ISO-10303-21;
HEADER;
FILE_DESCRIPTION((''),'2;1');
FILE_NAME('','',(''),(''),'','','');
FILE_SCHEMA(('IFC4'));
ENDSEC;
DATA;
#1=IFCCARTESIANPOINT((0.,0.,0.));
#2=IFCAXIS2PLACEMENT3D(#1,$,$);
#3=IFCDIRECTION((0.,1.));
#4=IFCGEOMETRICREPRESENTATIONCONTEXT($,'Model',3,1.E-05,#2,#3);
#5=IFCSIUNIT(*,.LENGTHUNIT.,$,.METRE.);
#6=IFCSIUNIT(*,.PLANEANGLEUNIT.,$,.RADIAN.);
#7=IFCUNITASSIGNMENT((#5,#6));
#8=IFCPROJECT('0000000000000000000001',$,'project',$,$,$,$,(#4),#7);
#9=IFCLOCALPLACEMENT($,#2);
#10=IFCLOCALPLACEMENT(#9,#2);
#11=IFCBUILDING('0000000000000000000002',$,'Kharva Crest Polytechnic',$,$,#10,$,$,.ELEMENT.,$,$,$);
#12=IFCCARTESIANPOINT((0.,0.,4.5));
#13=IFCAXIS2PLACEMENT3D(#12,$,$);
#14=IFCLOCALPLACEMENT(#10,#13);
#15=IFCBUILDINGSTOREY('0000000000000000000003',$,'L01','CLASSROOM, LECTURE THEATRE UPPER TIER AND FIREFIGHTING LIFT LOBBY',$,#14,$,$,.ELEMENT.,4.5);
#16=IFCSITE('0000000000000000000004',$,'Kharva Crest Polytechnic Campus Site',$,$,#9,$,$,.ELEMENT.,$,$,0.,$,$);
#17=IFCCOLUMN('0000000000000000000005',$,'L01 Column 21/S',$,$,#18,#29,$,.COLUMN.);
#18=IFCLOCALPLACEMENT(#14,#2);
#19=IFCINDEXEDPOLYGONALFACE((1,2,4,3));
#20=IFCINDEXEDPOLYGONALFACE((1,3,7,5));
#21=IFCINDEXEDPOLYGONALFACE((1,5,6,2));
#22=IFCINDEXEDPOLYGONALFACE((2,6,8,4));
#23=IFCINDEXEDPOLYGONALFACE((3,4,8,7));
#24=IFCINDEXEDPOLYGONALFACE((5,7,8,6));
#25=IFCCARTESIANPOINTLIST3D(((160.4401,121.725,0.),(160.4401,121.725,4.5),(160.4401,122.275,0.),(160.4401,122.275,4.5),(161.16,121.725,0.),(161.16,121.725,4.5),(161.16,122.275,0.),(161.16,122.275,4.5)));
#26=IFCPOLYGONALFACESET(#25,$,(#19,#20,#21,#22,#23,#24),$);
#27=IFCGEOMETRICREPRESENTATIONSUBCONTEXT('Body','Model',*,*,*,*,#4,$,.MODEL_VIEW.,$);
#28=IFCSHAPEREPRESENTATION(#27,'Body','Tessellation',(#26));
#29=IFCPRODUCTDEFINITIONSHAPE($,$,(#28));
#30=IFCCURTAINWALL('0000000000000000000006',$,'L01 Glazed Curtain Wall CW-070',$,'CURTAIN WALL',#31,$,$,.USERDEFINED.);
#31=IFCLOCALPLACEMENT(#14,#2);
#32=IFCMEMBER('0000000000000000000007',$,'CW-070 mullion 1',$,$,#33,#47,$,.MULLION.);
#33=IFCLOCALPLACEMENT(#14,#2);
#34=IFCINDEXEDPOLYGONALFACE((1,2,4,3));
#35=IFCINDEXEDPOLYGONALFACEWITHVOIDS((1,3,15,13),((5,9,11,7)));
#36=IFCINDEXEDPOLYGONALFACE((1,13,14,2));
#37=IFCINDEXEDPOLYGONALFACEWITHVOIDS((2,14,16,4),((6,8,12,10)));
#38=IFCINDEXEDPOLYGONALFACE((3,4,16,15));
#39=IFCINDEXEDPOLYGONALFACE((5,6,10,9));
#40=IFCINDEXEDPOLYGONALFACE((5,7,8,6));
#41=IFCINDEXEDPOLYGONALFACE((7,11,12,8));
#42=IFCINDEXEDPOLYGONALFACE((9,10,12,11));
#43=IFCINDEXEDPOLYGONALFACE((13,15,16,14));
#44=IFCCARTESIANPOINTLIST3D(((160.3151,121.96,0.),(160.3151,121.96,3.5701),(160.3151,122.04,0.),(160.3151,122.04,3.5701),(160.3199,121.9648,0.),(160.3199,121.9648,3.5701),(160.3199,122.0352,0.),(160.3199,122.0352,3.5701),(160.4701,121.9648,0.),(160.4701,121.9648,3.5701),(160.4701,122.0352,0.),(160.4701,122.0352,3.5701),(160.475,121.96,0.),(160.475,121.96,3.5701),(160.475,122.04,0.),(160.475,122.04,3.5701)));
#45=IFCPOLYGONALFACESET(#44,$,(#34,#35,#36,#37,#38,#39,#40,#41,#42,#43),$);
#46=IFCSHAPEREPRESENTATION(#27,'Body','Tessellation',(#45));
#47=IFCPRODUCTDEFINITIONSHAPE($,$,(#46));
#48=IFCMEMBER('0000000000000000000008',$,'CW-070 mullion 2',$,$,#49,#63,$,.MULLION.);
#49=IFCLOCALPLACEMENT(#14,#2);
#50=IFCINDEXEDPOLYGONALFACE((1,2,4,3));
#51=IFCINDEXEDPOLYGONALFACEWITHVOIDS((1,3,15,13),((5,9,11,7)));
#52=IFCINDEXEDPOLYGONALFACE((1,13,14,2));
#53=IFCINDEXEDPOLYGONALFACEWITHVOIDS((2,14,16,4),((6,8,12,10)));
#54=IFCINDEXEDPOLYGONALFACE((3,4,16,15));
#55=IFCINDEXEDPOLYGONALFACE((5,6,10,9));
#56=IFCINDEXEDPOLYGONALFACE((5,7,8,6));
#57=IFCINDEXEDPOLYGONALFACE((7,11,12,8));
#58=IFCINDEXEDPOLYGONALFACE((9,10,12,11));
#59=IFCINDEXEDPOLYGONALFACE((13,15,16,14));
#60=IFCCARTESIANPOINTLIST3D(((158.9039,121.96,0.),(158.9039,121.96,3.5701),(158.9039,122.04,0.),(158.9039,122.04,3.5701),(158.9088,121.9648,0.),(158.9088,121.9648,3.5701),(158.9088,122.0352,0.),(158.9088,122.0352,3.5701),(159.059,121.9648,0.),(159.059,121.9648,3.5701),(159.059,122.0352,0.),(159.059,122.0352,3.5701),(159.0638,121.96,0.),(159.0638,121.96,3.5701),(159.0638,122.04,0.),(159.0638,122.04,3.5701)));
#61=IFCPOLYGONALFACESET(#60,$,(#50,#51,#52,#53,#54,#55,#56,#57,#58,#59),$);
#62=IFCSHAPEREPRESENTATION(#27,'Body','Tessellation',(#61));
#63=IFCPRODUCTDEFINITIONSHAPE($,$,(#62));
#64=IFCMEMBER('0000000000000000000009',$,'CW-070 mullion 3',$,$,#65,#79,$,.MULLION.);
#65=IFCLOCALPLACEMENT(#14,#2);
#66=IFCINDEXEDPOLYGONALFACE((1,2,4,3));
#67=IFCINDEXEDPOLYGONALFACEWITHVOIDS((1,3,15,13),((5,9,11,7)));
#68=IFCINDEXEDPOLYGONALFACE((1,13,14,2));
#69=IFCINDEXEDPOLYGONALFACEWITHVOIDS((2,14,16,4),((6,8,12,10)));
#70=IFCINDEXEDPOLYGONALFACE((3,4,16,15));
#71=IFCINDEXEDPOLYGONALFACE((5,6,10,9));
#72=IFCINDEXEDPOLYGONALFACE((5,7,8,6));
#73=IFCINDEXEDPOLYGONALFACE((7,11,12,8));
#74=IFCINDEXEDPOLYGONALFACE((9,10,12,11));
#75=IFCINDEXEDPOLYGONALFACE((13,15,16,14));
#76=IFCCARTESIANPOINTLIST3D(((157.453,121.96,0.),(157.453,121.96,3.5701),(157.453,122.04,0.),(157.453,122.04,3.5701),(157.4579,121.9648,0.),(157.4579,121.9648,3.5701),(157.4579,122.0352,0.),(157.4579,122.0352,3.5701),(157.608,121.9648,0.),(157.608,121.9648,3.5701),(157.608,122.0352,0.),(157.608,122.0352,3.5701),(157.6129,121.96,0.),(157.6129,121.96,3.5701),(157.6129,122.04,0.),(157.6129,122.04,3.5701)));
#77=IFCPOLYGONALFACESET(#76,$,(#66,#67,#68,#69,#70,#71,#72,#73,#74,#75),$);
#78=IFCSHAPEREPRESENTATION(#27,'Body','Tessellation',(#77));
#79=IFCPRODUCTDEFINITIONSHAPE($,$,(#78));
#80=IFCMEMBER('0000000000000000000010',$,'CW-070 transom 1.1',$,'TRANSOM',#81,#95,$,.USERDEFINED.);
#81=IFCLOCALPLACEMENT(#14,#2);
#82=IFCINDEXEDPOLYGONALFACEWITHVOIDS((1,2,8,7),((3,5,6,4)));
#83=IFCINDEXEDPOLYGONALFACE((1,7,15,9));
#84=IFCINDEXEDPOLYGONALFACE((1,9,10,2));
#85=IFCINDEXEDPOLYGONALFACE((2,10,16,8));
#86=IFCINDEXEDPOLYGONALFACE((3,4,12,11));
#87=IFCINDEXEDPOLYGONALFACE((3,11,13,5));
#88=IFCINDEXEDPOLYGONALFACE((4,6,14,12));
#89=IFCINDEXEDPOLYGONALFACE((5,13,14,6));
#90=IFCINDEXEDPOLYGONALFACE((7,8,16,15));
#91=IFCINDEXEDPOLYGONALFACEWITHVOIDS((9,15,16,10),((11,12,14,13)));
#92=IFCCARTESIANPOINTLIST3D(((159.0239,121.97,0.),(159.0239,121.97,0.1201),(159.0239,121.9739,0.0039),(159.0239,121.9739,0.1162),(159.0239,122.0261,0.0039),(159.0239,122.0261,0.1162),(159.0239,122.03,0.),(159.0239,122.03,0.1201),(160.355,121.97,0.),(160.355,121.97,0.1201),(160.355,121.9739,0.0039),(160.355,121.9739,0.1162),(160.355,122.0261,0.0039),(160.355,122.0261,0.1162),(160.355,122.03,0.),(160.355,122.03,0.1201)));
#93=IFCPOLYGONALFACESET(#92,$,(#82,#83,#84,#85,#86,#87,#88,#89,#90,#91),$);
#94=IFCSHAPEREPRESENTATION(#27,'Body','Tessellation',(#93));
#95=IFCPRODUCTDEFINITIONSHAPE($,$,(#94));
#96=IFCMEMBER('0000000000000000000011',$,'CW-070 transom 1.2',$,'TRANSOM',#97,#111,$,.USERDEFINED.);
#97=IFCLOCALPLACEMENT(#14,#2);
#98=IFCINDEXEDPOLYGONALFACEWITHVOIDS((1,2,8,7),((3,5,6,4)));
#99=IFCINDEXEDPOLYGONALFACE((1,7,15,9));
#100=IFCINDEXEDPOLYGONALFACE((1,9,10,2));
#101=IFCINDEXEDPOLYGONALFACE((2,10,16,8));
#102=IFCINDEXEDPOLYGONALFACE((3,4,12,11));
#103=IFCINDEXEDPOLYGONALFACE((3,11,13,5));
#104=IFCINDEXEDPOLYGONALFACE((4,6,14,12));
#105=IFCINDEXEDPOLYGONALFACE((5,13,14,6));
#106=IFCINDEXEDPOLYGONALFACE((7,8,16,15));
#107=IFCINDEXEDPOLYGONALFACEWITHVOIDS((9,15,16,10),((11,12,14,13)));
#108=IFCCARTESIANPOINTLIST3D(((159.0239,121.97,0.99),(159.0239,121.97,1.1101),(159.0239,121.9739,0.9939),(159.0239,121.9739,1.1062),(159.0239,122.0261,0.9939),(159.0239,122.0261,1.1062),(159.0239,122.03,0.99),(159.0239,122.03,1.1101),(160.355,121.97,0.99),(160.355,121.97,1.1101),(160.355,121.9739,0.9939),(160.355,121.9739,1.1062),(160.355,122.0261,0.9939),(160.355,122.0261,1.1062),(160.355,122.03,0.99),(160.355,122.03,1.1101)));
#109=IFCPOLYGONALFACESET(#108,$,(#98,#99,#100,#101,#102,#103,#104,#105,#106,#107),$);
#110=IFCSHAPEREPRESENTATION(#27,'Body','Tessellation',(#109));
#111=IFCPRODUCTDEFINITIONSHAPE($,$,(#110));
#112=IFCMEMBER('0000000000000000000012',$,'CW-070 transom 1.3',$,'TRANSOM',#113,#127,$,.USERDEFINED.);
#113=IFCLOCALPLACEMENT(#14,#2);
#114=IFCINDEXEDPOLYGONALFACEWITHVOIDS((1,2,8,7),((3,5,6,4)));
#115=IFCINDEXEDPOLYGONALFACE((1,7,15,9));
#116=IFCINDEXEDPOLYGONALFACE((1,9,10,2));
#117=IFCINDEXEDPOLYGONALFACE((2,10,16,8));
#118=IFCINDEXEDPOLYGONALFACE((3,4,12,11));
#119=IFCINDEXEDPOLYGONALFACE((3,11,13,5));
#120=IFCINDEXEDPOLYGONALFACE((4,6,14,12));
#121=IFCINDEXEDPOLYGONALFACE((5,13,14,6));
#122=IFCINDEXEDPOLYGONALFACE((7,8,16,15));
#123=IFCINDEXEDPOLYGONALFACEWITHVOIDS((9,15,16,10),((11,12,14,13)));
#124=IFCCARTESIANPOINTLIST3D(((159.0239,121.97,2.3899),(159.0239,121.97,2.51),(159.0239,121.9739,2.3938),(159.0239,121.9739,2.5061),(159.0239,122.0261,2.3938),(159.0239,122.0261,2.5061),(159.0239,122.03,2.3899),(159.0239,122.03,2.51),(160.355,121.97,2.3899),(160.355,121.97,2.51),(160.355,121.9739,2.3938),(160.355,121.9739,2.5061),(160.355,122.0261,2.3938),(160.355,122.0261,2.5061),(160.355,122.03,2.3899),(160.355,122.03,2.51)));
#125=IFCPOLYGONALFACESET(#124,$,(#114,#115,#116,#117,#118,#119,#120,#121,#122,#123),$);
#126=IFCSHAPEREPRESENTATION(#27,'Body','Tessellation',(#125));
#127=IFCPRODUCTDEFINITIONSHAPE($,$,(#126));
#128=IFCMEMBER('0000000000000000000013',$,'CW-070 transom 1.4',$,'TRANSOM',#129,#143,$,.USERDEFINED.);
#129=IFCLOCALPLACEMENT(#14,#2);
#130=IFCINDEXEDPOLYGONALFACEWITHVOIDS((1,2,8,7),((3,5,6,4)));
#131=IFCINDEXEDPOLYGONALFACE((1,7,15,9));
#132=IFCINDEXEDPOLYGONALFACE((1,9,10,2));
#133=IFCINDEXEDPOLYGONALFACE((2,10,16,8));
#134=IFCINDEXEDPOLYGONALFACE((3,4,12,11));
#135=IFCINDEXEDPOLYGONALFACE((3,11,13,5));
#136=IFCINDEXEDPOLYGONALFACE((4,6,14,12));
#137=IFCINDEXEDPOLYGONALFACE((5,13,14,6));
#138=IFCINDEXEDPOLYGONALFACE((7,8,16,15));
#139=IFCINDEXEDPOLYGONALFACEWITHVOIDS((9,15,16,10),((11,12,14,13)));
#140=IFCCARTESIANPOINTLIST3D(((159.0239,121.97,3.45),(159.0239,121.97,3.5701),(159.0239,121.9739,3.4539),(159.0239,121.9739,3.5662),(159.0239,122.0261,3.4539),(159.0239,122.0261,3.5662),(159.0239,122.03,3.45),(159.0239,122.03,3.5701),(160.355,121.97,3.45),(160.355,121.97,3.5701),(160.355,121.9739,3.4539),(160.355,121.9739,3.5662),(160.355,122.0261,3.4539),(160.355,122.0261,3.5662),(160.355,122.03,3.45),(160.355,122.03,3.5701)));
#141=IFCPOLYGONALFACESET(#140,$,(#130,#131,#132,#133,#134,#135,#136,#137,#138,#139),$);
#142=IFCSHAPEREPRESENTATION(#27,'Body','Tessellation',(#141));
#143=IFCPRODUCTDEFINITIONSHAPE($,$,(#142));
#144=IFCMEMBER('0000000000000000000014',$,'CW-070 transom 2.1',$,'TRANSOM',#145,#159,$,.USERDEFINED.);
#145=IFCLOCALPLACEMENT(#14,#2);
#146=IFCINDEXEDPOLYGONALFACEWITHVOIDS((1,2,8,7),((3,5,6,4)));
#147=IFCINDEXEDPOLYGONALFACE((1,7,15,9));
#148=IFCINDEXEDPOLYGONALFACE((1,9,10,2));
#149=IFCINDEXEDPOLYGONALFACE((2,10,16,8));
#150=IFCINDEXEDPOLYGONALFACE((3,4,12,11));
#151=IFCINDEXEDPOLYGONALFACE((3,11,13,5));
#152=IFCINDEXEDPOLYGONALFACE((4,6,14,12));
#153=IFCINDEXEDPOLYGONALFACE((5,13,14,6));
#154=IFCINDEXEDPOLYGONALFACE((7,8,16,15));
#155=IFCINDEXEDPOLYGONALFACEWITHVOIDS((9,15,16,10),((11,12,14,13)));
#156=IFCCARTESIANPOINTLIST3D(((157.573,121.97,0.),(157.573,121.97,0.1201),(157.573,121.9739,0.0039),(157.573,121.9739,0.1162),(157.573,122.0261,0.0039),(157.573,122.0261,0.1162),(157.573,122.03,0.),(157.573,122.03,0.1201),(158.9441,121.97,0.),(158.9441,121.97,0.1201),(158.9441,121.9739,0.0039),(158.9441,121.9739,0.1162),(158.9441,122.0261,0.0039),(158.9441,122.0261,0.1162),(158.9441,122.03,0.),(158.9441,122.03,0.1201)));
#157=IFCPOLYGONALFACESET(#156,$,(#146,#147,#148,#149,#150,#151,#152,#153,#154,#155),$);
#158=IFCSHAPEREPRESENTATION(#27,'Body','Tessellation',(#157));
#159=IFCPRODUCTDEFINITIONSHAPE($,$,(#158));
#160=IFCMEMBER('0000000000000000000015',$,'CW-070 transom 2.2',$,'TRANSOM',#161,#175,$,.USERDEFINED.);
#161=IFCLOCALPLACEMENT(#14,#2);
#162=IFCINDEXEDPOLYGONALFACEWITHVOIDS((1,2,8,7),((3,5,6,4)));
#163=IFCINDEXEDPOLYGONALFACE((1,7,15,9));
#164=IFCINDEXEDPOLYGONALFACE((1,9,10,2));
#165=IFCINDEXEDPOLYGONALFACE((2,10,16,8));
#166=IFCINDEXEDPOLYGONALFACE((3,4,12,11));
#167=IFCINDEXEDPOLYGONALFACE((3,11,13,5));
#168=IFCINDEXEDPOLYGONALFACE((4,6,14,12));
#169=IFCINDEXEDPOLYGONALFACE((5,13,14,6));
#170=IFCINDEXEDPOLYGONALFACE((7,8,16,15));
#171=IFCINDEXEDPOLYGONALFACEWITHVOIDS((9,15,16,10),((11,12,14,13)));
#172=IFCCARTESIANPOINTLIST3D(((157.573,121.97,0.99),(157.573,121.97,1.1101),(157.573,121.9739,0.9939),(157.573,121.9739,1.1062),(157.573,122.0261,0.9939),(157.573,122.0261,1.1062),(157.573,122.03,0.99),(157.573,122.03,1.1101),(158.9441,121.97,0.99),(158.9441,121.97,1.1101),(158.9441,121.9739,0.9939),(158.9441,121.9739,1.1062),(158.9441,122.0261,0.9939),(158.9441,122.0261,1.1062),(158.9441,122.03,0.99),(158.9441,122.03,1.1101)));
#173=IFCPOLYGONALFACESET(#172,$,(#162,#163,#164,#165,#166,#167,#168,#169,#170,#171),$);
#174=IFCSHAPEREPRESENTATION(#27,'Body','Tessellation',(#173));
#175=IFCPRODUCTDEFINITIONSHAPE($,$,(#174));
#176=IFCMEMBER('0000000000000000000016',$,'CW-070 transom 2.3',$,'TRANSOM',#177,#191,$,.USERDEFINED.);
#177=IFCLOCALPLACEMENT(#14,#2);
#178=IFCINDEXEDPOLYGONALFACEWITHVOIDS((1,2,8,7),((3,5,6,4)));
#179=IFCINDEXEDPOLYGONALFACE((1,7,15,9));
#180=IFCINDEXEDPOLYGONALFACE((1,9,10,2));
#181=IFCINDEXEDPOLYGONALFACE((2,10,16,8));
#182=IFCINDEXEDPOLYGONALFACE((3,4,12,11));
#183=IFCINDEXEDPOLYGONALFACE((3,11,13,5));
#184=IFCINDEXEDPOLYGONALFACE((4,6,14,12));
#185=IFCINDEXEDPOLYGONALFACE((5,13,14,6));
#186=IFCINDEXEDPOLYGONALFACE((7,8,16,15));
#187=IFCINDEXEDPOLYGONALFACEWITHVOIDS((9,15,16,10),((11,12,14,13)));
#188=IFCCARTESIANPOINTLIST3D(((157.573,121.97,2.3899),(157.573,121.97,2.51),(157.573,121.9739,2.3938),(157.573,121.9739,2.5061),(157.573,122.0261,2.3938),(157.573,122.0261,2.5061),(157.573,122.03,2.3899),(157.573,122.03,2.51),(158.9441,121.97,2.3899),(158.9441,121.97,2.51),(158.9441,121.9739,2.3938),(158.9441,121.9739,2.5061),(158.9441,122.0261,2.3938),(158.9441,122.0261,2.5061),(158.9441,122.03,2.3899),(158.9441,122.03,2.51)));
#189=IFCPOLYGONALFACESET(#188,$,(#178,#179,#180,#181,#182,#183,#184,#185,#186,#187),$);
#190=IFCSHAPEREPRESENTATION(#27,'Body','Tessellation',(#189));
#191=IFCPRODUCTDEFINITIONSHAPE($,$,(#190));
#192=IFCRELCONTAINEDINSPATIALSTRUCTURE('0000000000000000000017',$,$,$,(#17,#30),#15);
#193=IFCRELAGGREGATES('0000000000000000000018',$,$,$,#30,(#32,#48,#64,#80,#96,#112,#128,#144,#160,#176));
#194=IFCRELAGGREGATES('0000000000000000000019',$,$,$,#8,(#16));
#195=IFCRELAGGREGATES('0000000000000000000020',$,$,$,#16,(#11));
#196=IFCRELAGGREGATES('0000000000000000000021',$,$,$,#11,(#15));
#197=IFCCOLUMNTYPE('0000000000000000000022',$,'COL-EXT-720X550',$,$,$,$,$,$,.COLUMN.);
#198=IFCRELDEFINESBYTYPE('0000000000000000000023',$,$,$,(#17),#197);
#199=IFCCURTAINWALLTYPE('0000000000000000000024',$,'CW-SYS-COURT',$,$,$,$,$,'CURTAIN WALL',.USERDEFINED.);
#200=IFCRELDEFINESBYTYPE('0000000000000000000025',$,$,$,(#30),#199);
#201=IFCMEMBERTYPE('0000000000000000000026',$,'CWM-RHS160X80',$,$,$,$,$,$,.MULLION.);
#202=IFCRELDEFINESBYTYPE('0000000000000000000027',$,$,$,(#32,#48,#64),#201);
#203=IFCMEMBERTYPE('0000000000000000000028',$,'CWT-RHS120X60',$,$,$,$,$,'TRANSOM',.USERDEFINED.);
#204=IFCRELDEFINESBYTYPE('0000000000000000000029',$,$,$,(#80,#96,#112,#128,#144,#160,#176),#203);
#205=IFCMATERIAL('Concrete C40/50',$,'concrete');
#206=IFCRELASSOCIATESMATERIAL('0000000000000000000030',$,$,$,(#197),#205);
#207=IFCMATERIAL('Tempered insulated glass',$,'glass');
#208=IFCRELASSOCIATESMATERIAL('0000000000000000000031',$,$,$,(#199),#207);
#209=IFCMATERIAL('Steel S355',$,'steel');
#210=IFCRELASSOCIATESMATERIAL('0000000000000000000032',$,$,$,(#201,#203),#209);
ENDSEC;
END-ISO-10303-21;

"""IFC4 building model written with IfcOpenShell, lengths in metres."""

from ifc_helpers import new_model, si_unit, direction, frame, origin, origin_2d, place, context, subcontext, project, spatial, rectangle, hollow_rectangle, extrude, material, material_profile, profile_set, type_object, element, aggregate, save


model = new_model("IFC4")

# Units and contexts
model_context = context("Model", 3, precision=1e-05, world=origin(), true_north=direction((0.0, 1.0)))
body_context = subcontext(model_context, "Body", "Model", "MODEL_VIEW")
ifc_project = project(units=[si_unit("LENGTHUNIT", "METRE"), si_unit("PLANEANGLEUNIT", "RADIAN")], contexts=[model_context])

# Site, building, storey
site_placement = place(None, origin())
site = spatial("IfcSite", under=ifc_project, at=site_placement, Name="Kharva Crest Polytechnic Campus Site", CompositionType="ELEMENT", RefElevation=0.0)
building_placement = place(site_placement, origin())
building = spatial("IfcBuilding", under=site, at=building_placement, Name="Kharva Crest Polytechnic", CompositionType="ELEMENT")
storey_placement = place(building_placement, frame((0.0, 0.0, 4.5)))
storey = spatial("IfcBuildingStorey", under=building, at=storey_placement, Name="L01", Description="CLASSROOM, LECTURE THEATRE UPPER TIER AND FIREFIGHTING LIFT LOBBY", CompositionType="ELEMENT", Elevation=4.5)

# Column
ifc_material_1 = material(Name="Concrete C40/50", Category="concrete")
ifc_material_profile_1 = material_profile(ifc_material_1, rectangle(XDim=0.72, YDim=0.55, at=origin_2d()), Name="RECT 720 X 550")
ifc_profile_set_1 = profile_set([ifc_material_profile_1], Name="Concrete C40/50")
column_type = type_object("IfcColumnType", Name="COL-EXT-720X550", PredefinedType="COLUMN", material=ifc_profile_set_1)
column_placement = place(storey_placement, frame((160.8, 122.0, 0.0), z_axis=(0.0, 0.0, 1.0), x_axis=(1.0, 0.0, 0.0)))
element("IfcColumn", 1, at=column_placement, inside=storey, type_object=column_type, Name="L01 Column 21/S", PredefinedType="COLUMN", context=body_context, shape_type="SweptSolid", body=[
    extrude(rectangle(XDim=0.72, YDim=0.55, at=origin_2d()), origin(), (0.0, 0.0, 1.0), 4.5),
])

# Curtain wall, members
ifc_material_2 = material(Name="Tempered insulated glass", Category="glass")
curtain_wall_type = type_object("IfcCurtainWallType", Name="CW-SYS-COURT", ElementType="CURTAIN WALL", PredefinedType="USERDEFINED", material=ifc_material_2)
curtain_wall_placement = place(storey_placement, origin())
curtain_wall = element("IfcCurtainWall", 2, at=curtain_wall_placement, inside=storey, type_object=curtain_wall_type, Name="L01 Glazed Curtain Wall CW-070", ObjectType="CURTAIN WALL", PredefinedType="USERDEFINED")
ifc_material_3 = material(Name="Steel S355", Category="steel")
ifc_material_profile_2 = material_profile(ifc_material_3, hollow_rectangle(XDim=0.0801, YDim=0.1599, WallThickness=0.0049, at=origin_2d()), Name="RHS 160X80X5.0")
ifc_profile_set_2 = profile_set([ifc_material_profile_2], Name="Steel S355")
member_type_1 = type_object("IfcMemberType", Name="CWM-RHS160X80", PredefinedType="MULLION", material=ifc_profile_set_2)
member_1_placement = place(storey_placement, frame((160.395, 122.0, 0.0), z_axis=(0.0, 0.0, 1.0), x_axis=(0.0, -1.0, 0.0)))
member_1 = element("IfcMember", 3, at=member_1_placement, type_object=member_type_1, Name="CW-070 mullion 1", PredefinedType="MULLION", context=body_context, shape_type="SweptSolid", body=[
    extrude(hollow_rectangle(XDim=0.0801, YDim=0.1599, WallThickness=0.0049, at=origin_2d()), origin(), (0.0, 0.0, 1.0), 3.5701),
])
member_2_placement = place(storey_placement, frame((158.9839, 122.0, 0.0), z_axis=(0.0, 0.0, 1.0), x_axis=(0.0, -1.0, 0.0)))
member_2 = element("IfcMember", 4, at=member_2_placement, type_object=member_type_1, Name="CW-070 mullion 2", PredefinedType="MULLION", context=body_context, shape_type="SweptSolid", body=[
    extrude(hollow_rectangle(XDim=0.0801, YDim=0.1599, WallThickness=0.0049, at=origin_2d()), origin(), (0.0, 0.0, 1.0), 3.5701),
])
member_3_placement = place(storey_placement, frame((157.533, 122.0, 0.0), z_axis=(0.0, 0.0, 1.0), x_axis=(0.0, -1.0, 0.0)))
member_3 = element("IfcMember", 5, at=member_3_placement, type_object=member_type_1, Name="CW-070 mullion 3", PredefinedType="MULLION", context=body_context, shape_type="SweptSolid", body=[
    extrude(hollow_rectangle(XDim=0.0801, YDim=0.1599, WallThickness=0.0049, at=origin_2d()), origin(), (0.0, 0.0, 1.0), 3.5701),
])
ifc_material_profile_3 = material_profile(ifc_material_3, hollow_rectangle(XDim=0.0601, YDim=0.1201, WallThickness=0.0039, at=origin_2d()), Name="RHS 120X60X4.0")
ifc_profile_set_3 = profile_set([ifc_material_profile_3], Name="Steel S355")
member_type_2 = type_object("IfcMemberType", Name="CWT-RHS120X60", ElementType="TRANSOM", PredefinedType="USERDEFINED", material=ifc_profile_set_3)
member_4_placement = place(storey_placement, frame((160.355, 122.0, 0.0601), z_axis=(-1.0, 0.0, 0.0), x_axis=(0.0, -1.0, 0.0)))
member_4 = element("IfcMember", 6, at=member_4_placement, type_object=member_type_2, Name="CW-070 transom 1.1", ObjectType="TRANSOM", PredefinedType="USERDEFINED", context=body_context, shape_type="SweptSolid", body=[
    extrude(hollow_rectangle(XDim=0.0601, YDim=0.1201, WallThickness=0.0039, at=origin_2d()), origin(), (0.0, 0.0, 1.0), 1.3311),
])
member_5_placement = place(storey_placement, frame((160.355, 122.0, 1.05), z_axis=(-1.0, 0.0, 0.0), x_axis=(0.0, -1.0, 0.0)))
member_5 = element("IfcMember", 7, at=member_5_placement, type_object=member_type_2, Name="CW-070 transom 1.2", ObjectType="TRANSOM", PredefinedType="USERDEFINED", context=body_context, shape_type="SweptSolid", body=[
    extrude(hollow_rectangle(XDim=0.0601, YDim=0.1201, WallThickness=0.0039, at=origin_2d()), origin(), (0.0, 0.0, 1.0), 1.3311),
])
member_6_placement = place(storey_placement, frame((160.355, 122.0, 2.45), z_axis=(-1.0, 0.0, 0.0), x_axis=(0.0, -1.0, 0.0)))
member_6 = element("IfcMember", 8, at=member_6_placement, type_object=member_type_2, Name="CW-070 transom 1.3", ObjectType="TRANSOM", PredefinedType="USERDEFINED", context=body_context, shape_type="SweptSolid", body=[
    extrude(hollow_rectangle(XDim=0.0601, YDim=0.1201, WallThickness=0.0039, at=origin_2d()), origin(), (0.0, 0.0, 1.0), 1.3311),
])
member_7_placement = place(storey_placement, frame((160.355, 122.0, 3.51), z_axis=(-1.0, 0.0, 0.0), x_axis=(0.0, -1.0, 0.0)))
member_7 = element("IfcMember", 9, at=member_7_placement, type_object=member_type_2, Name="CW-070 transom 1.4", ObjectType="TRANSOM", PredefinedType="USERDEFINED", context=body_context, shape_type="SweptSolid", body=[
    extrude(hollow_rectangle(XDim=0.0601, YDim=0.1201, WallThickness=0.0039, at=origin_2d()), origin(), (0.0, 0.0, 1.0), 1.3311),
])
member_8_placement = place(storey_placement, frame((158.9441, 122.0, 0.0601), z_axis=(-1.0, 0.0, 0.0), x_axis=(0.0, -1.0, 0.0)))
member_8 = element("IfcMember", 10, at=member_8_placement, type_object=member_type_2, Name="CW-070 transom 2.1", ObjectType="TRANSOM", PredefinedType="USERDEFINED", context=body_context, shape_type="SweptSolid", body=[
    extrude(hollow_rectangle(XDim=0.0601, YDim=0.1201, WallThickness=0.0039, at=origin_2d()), origin(), (0.0, 0.0, 1.0), 1.3711),
])
member_9_placement = place(storey_placement, frame((158.9441, 122.0, 1.05), z_axis=(-1.0, 0.0, 0.0), x_axis=(0.0, -1.0, 0.0)))
member_9 = element("IfcMember", 11, at=member_9_placement, type_object=member_type_2, Name="CW-070 transom 2.2", ObjectType="TRANSOM", PredefinedType="USERDEFINED", context=body_context, shape_type="SweptSolid", body=[
    extrude(hollow_rectangle(XDim=0.0601, YDim=0.1201, WallThickness=0.0039, at=origin_2d()), origin(), (0.0, 0.0, 1.0), 1.3711),
])
member_10_placement = place(storey_placement, frame((158.9441, 122.0, 2.45), z_axis=(-1.0, 0.0, 0.0), x_axis=(0.0, -1.0, 0.0)))
member_10 = element("IfcMember", 12, at=member_10_placement, type_object=member_type_2, Name="CW-070 transom 2.3", ObjectType="TRANSOM", PredefinedType="USERDEFINED", context=body_context, shape_type="SweptSolid", body=[
    extrude(hollow_rectangle(XDim=0.0601, YDim=0.1201, WallThickness=0.0039, at=origin_2d()), origin(), (0.0, 0.0, 1.0), 1.3711),
])
aggregate(curtain_wall, [member_1, member_2, member_3, member_4, member_5, member_6, member_7, member_8, member_9, member_10])

save(model, "model.ifc")
